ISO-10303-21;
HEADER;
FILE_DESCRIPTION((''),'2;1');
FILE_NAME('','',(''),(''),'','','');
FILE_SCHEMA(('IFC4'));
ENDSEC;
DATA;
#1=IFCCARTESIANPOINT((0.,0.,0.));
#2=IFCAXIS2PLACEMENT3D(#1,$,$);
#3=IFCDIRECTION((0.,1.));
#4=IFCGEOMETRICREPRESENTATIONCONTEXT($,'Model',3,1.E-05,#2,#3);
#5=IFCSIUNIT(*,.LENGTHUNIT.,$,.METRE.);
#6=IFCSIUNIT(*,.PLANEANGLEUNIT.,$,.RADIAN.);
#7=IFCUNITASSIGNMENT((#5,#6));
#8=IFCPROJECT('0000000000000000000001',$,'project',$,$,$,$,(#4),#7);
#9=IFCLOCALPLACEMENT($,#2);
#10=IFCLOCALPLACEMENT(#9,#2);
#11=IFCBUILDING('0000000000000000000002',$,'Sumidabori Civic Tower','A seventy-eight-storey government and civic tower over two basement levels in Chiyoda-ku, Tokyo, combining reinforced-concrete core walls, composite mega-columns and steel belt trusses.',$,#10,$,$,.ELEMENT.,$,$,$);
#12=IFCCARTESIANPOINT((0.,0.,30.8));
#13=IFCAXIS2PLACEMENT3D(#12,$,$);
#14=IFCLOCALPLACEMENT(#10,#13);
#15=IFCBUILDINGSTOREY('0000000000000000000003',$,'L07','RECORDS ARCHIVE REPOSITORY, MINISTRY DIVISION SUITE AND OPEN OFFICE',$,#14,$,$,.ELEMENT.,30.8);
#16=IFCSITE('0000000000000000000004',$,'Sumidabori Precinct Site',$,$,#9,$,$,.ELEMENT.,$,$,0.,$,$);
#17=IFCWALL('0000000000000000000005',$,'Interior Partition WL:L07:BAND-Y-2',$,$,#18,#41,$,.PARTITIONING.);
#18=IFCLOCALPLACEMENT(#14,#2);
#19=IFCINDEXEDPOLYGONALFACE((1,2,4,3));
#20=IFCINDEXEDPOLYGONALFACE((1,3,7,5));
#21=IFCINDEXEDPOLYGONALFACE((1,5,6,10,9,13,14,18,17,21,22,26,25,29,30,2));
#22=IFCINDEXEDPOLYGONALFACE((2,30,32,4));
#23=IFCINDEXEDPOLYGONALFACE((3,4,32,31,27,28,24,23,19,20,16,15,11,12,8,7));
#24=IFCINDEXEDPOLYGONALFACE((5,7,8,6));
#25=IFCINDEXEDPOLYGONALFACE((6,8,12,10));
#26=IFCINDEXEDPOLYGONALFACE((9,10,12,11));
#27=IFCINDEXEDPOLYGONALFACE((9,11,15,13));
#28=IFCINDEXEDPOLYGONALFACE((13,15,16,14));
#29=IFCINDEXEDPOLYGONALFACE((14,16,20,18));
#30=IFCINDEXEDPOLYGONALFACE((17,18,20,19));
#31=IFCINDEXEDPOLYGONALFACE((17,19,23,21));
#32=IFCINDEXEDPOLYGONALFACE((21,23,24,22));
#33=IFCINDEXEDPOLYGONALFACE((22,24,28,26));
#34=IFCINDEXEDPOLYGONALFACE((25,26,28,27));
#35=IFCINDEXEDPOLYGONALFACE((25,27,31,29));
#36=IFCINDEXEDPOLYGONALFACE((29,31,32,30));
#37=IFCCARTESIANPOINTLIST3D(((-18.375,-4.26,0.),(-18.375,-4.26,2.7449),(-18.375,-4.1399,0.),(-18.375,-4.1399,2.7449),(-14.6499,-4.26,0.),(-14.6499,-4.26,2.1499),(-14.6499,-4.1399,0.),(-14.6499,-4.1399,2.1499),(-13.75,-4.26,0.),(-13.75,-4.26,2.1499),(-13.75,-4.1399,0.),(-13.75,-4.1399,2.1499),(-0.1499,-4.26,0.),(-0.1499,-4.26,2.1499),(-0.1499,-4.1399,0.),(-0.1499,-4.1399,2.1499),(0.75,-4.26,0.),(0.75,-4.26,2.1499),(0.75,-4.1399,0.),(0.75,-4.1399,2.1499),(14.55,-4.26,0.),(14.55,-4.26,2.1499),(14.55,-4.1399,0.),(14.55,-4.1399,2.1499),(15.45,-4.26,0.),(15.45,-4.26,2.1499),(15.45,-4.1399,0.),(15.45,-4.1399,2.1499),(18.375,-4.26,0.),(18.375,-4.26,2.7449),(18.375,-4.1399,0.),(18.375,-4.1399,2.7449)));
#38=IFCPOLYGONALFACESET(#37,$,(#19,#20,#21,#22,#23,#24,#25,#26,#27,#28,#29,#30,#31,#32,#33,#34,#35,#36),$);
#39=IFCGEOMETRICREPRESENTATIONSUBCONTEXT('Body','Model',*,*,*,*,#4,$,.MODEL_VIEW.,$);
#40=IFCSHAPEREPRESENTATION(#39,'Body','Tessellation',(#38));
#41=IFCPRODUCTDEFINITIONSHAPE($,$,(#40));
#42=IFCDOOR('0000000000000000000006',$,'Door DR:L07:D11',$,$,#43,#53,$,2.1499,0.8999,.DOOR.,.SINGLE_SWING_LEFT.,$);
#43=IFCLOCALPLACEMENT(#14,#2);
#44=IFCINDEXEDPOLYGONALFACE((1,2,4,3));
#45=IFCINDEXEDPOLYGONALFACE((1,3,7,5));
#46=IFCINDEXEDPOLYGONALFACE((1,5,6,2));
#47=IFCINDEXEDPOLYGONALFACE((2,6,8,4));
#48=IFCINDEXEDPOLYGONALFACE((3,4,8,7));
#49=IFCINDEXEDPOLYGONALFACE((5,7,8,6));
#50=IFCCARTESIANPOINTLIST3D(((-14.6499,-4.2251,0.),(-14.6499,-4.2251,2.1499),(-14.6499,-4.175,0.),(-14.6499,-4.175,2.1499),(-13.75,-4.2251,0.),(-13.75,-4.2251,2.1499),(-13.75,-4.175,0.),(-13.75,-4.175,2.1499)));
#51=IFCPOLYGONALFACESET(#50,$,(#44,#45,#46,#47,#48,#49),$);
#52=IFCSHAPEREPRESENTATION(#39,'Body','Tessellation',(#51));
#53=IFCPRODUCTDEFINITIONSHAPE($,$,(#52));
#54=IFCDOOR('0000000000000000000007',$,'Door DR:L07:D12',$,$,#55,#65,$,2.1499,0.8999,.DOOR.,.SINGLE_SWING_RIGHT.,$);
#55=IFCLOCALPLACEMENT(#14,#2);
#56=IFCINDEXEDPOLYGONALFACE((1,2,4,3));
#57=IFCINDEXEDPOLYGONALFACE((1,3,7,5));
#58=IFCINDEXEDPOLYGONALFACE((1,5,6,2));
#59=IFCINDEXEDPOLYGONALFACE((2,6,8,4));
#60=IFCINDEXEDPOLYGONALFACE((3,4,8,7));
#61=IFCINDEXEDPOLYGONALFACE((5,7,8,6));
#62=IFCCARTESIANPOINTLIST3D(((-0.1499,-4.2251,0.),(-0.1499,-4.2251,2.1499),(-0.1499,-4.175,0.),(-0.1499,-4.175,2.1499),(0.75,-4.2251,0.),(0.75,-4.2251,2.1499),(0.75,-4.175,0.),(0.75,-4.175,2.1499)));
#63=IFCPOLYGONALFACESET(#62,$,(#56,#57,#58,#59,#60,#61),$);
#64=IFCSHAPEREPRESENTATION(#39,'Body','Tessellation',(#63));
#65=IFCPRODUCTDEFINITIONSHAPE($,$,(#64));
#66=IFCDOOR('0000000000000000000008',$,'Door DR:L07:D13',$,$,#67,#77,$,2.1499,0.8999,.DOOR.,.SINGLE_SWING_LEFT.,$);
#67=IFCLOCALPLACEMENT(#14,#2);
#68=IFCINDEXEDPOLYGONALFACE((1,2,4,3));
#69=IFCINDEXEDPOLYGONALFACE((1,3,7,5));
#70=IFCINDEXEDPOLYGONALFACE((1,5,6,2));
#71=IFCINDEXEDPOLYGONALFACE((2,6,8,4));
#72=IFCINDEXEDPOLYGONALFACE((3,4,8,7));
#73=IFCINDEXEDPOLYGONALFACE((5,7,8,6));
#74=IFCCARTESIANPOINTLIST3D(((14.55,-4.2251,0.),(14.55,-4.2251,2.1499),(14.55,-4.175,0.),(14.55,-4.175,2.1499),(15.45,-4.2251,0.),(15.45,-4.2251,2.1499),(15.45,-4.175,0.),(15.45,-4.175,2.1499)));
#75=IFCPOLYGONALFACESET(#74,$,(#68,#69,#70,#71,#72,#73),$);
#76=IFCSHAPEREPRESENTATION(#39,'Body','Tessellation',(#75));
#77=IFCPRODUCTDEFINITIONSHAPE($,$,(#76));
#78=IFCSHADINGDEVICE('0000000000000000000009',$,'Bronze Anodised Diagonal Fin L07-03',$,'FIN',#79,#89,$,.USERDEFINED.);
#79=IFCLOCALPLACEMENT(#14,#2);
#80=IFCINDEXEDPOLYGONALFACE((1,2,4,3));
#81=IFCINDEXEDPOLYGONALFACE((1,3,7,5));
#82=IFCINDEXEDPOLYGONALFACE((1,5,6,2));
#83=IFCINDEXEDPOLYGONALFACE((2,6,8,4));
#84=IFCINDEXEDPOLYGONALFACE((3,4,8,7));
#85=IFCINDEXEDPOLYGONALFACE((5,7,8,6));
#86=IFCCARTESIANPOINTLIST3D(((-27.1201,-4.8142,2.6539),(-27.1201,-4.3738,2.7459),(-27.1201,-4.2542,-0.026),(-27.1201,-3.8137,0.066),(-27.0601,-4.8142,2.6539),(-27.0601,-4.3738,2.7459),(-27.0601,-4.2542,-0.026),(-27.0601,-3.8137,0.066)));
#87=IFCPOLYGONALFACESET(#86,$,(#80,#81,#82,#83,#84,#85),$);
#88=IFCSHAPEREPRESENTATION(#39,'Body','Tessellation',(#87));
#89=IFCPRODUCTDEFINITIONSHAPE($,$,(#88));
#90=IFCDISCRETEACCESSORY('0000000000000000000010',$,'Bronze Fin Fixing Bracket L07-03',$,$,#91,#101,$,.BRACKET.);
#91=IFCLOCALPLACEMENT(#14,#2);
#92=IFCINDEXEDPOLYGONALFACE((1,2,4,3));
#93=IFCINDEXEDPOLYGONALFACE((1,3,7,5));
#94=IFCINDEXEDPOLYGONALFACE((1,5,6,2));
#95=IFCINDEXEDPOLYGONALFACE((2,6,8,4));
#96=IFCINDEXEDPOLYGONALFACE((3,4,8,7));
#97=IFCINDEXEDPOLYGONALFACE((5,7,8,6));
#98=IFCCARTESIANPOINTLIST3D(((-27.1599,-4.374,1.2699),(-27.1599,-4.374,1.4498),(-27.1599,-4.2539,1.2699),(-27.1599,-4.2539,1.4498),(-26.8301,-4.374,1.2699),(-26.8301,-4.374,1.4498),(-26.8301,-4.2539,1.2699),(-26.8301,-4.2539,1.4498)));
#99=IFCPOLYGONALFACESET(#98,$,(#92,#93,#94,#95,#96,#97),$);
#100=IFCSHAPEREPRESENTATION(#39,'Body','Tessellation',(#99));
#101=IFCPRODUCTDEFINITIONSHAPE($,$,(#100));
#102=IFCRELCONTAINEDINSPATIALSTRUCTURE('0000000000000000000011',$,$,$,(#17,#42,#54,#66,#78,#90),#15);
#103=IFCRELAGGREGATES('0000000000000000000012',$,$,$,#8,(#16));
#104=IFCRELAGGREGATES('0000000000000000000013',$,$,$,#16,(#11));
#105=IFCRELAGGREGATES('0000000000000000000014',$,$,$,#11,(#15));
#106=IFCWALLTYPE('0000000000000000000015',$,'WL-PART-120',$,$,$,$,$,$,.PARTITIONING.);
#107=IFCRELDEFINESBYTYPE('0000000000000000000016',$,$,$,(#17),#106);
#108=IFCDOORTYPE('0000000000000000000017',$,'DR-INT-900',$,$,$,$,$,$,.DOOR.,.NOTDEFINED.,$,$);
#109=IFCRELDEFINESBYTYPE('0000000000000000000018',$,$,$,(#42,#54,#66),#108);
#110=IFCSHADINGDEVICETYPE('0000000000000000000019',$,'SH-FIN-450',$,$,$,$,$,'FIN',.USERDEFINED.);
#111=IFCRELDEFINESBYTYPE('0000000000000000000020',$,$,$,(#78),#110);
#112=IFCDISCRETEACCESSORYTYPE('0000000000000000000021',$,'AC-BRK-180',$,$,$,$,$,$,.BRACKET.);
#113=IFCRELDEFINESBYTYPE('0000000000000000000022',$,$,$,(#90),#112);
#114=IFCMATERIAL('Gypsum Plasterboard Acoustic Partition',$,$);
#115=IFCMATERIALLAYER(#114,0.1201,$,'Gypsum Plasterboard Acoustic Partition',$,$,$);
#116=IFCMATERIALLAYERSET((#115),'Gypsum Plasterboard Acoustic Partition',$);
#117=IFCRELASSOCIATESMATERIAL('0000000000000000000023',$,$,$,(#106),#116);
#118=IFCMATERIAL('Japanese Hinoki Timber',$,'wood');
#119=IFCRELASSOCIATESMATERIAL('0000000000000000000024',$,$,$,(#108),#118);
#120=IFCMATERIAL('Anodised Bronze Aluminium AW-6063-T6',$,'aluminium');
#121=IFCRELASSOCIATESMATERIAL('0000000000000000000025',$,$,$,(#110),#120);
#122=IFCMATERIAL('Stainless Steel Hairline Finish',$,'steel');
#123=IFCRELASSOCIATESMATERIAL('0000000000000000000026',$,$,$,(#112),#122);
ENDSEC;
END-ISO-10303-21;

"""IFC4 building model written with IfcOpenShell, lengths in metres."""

from ifc_helpers import new_model, si_unit, direction, frame, frame_2d, origin, origin_2d, place, context, subcontext, project, spatial, rectangle, extrude, source, transform, mapped, material, layer, layer_set, material_profile, profile_set, type_object, element, fill, save


model = new_model("IFC4")

# Units and contexts
model_context = context("Model", 3, precision=1e-05, world=origin(), true_north=direction((0.0, 1.0)))
body_context = subcontext(model_context, "Body", "Model", "MODEL_VIEW")
ifc_project = project(units=[si_unit("LENGTHUNIT", "METRE"), si_unit("PLANEANGLEUNIT", "RADIAN")], contexts=[model_context])

# Site, building, storey
site_placement = place(None, origin())
site = spatial("IfcSite", under=ifc_project, at=site_placement, Name="Sumidabori Precinct Site", CompositionType="ELEMENT", RefElevation=0.0)
building_placement = place(site_placement, origin())
building = spatial("IfcBuilding", under=site, at=building_placement, Name="Sumidabori Civic Tower", Description="A seventy-eight-storey government and civic tower over two basement levels in Chiyoda-ku, Tokyo, combining reinforced-concrete core walls, composite mega-columns and steel belt trusses.", CompositionType="ELEMENT")
storey_placement = place(building_placement, frame((0.0, 0.0, 30.8)))
storey = spatial("IfcBuildingStorey", under=building, at=storey_placement, Name="L07", Description="RECORDS ARCHIVE REPOSITORY, MINISTRY DIVISION SUITE AND OPEN OFFICE", CompositionType="ELEMENT", Elevation=30.8)

# Shared definitions
ifc_material_1 = material(Name="Anodised Bronze Aluminium AW-6063-T6", Category="aluminium")

# Shared definitions
ifc_material_2 = material(Name="Gypsum Plasterboard Acoustic Partition")
ifc_layer_1 = layer(ifc_material_2, 0.1201, Name="Gypsum Plasterboard Acoustic Partition")
ifc_layer_set_1 = layer_set([ifc_layer_1], Name="Gypsum Plasterboard Acoustic Partition")
wall_type = type_object("IfcWallType", Name="WL-PART-120", PredefinedType="PARTITIONING", material=ifc_layer_set_1)

# Wall, openings, doors
shared_shape_1 = source(origin(), body_context, "Body", "SweptSolid", [
    extrude(rectangle(XDim=36.75, YDim=0.1201, at=frame_2d((18.375, 0.0))), origin(), (0.0, 0.0, 1.0), 2.7449),
])
wall_1_placement = place(storey_placement, frame((-18.375, -4.2, 0.0), z_axis=(0.0, 0.0, 1.0), x_axis=(1.0, 0.0, 0.0)))
wall_1 = element("IfcWall", 1, at=wall_1_placement, inside=storey, type_object=wall_type, Name="Interior Partition WL:L07:BAND-Y-2", PredefinedType="PARTITIONING", context=body_context, shape_type="MappedRepresentation", body=[
    mapped(shared_shape_1, transform((0.0, 0.0, 0.0), x_axis=(1.0, 0.0, 0.0), y_axis=(0.0, 1.0, 0.0), z_axis=(0.0, 0.0, 1.0), scale=1.0)),
])
opening_1_placement = place(wall_1_placement, frame((3.7251, 0.0, 0.0)))
opening_1 = element("IfcOpeningElement", 2, at=opening_1_placement, cuts=wall_1, PredefinedType="OPENING", context=body_context, shape_type="SweptSolid", body=[
    extrude(rectangle(XDim=0.8999, YDim=2.1499, at=frame_2d((0.45, 1.075))), frame((0.0, 0.072, 0.0), z_axis=(0.0, -1.0, 0.0), x_axis=(1.0, 0.0, 0.0)), (0.0, 0.0, 1.0), 0.144),
])
opening_2_placement = place(wall_1_placement, frame((18.2251, 0.0, 0.0)))
opening_2 = element("IfcOpeningElement", 3, at=opening_2_placement, cuts=wall_1, PredefinedType="OPENING", context=body_context, shape_type="SweptSolid", body=[
    extrude(rectangle(XDim=0.8999, YDim=2.1499, at=frame_2d((0.45, 1.075))), frame((0.0, 0.072, 0.0), z_axis=(0.0, -1.0, 0.0), x_axis=(1.0, 0.0, 0.0)), (0.0, 0.0, 1.0), 0.144),
])
opening_3_placement = place(wall_1_placement, frame((32.925, 0.0, 0.0)))
opening_3 = element("IfcOpeningElement", 4, at=opening_3_placement, cuts=wall_1, PredefinedType="OPENING", context=body_context, shape_type="SweptSolid", body=[
    extrude(rectangle(XDim=0.8999, YDim=2.1499, at=frame_2d((0.45, 1.075))), frame((0.0, 0.072, 0.0), z_axis=(0.0, -1.0, 0.0), x_axis=(1.0, 0.0, 0.0)), (0.0, 0.0, 1.0), 0.144),
])
ifc_material_3 = material(Name="Japanese Hinoki Timber", Category="wood")
door_type = type_object("IfcDoorType", Name="DR-INT-900", OperationType="NOTDEFINED", PredefinedType="DOOR", material=ifc_material_3)
shared_shape_2 = source(origin(), body_context, "Body", "SweptSolid", [
    extrude(rectangle(XDim=0.8999, YDim=2.1499, at=frame_2d((0.45, 1.075))), frame((0.0, 0.0249, 0.0), z_axis=(0.0, -1.0, 0.0), x_axis=(1.0, 0.0, 0.0)), (0.0, 0.0, 1.0), 0.05),
])
door_1_placement = place(opening_1_placement, origin())
door_1 = element("IfcDoor", 5, at=door_1_placement, inside=storey, type_object=door_type, Name="Door DR:L07:D11", OperationType="SINGLE_SWING_LEFT", OverallHeight=2.1499, OverallWidth=0.8999, PredefinedType="DOOR", context=body_context, shape_type="MappedRepresentation", body=[
    mapped(shared_shape_2, transform((0.0, 0.0, 0.0), x_axis=(1.0, 0.0, 0.0), y_axis=(0.0, 1.0, 0.0), z_axis=(0.0, 0.0, 1.0), scale=1.0)),
])
fill(opening_1, door_1)
door_2_placement = place(opening_2_placement, origin())
door_2 = element("IfcDoor", 6, at=door_2_placement, inside=storey, type_object=door_type, Name="Door DR:L07:D12", OperationType="SINGLE_SWING_RIGHT", OverallHeight=2.1499, OverallWidth=0.8999, PredefinedType="DOOR", context=body_context, shape_type="MappedRepresentation", body=[
    mapped(shared_shape_2, transform((0.0, 0.0, 0.0), x_axis=(1.0, 0.0, 0.0), y_axis=(0.0, 1.0, 0.0), z_axis=(0.0, 0.0, 1.0), scale=1.0)),
])
fill(opening_2, door_2)
door_3_placement = place(opening_3_placement, origin())
door_3 = element("IfcDoor", 7, at=door_3_placement, inside=storey, type_object=door_type, Name="Door DR:L07:D13", OperationType="SINGLE_SWING_LEFT", OverallHeight=2.1499, OverallWidth=0.8999, PredefinedType="DOOR", context=body_context, shape_type="MappedRepresentation", body=[
    mapped(shared_shape_2, transform((0.0, 0.0, 0.0), x_axis=(1.0, 0.0, 0.0), y_axis=(0.0, 1.0, 0.0), z_axis=(0.0, 0.0, 1.0), scale=1.0)),
])
fill(opening_3, door_3)

# Shading device
ifc_material_profile_1 = material_profile(ifc_material_1, rectangle(XDim=0.0601, YDim=0.45, at=origin_2d()), Name="BRONZE FIN 450x60")
ifc_profile_set_1 = profile_set([ifc_material_profile_1], Name="Anodised Bronze Aluminium AW-6063-T6")
shading_device_type = type_object("IfcShadingDeviceType", Name="SH-FIN-450", ElementType="FIN", PredefinedType="USERDEFINED", material=ifc_profile_set_1)
shared_shape_3 = source(origin(), body_context, "Body", "SweptSolid", [
    extrude(rectangle(XDim=0.0601, YDim=0.45, at=origin_2d()), origin(), (0.0, 0.0, 1.0), 2.7378),
])
shading_device_placement = place(storey_placement, frame((-27.0901, -4.0339, 0.02), z_axis=(0.0, -0.204563, 0.978853), x_axis=(-1.0, 0.0, 0.0)))
element("IfcShadingDevice", 8, at=shading_device_placement, inside=storey, type_object=shading_device_type, Name="Bronze Anodised Diagonal Fin L07-03", ObjectType="FIN", PredefinedType="USERDEFINED", context=body_context, shape_type="MappedRepresentation", body=[
    mapped(shared_shape_3, transform((0.0, 0.0, 0.0), x_axis=(1.0, 0.0, 0.0), y_axis=(0.0, 1.0, 0.0), z_axis=(0.0, 0.0, 1.0), scale=1.0)),
])

# Discrete accessory
ifc_material_4 = material(Name="Stainless Steel Hairline Finish", Category="steel")
ifc_material_profile_2 = material_profile(ifc_material_4, rectangle(XDim=0.1201, YDim=0.1799, at=origin_2d()), Name="STEEL BRACKET 180x120")
ifc_profile_set_2 = profile_set([ifc_material_profile_2], Name="Stainless Steel Hairline Finish")
discrete_accessory_type = type_object("IfcDiscreteAccessoryType", Name="AC-BRK-180", PredefinedType="BRACKET", material=ifc_profile_set_2)
shared_shape_4 = source(origin(), body_context, "Body", "SweptSolid", [
    extrude(rectangle(XDim=0.1201, YDim=0.1799, at=origin_2d()), origin(), (0.0, 0.0, 1.0), 0.3298),
])
discrete_accessory_placement = place(storey_placement, frame((-26.8301, -4.314, 1.3599), z_axis=(-1.0, 0.0, 0.0), x_axis=(0.0, -1.0, 0.0)))
element("IfcDiscreteAccessory", 9, at=discrete_accessory_placement, inside=storey, type_object=discrete_accessory_type, Name="Bronze Fin Fixing Bracket L07-03", PredefinedType="BRACKET", context=body_context, shape_type="MappedRepresentation", body=[
    mapped(shared_shape_4, transform((0.0, 0.0, 0.0), x_axis=(1.0, 0.0, 0.0), y_axis=(0.0, 1.0, 0.0), z_axis=(0.0, 0.0, 1.0), scale=1.0)),
])

save(model, "model.ifc")
